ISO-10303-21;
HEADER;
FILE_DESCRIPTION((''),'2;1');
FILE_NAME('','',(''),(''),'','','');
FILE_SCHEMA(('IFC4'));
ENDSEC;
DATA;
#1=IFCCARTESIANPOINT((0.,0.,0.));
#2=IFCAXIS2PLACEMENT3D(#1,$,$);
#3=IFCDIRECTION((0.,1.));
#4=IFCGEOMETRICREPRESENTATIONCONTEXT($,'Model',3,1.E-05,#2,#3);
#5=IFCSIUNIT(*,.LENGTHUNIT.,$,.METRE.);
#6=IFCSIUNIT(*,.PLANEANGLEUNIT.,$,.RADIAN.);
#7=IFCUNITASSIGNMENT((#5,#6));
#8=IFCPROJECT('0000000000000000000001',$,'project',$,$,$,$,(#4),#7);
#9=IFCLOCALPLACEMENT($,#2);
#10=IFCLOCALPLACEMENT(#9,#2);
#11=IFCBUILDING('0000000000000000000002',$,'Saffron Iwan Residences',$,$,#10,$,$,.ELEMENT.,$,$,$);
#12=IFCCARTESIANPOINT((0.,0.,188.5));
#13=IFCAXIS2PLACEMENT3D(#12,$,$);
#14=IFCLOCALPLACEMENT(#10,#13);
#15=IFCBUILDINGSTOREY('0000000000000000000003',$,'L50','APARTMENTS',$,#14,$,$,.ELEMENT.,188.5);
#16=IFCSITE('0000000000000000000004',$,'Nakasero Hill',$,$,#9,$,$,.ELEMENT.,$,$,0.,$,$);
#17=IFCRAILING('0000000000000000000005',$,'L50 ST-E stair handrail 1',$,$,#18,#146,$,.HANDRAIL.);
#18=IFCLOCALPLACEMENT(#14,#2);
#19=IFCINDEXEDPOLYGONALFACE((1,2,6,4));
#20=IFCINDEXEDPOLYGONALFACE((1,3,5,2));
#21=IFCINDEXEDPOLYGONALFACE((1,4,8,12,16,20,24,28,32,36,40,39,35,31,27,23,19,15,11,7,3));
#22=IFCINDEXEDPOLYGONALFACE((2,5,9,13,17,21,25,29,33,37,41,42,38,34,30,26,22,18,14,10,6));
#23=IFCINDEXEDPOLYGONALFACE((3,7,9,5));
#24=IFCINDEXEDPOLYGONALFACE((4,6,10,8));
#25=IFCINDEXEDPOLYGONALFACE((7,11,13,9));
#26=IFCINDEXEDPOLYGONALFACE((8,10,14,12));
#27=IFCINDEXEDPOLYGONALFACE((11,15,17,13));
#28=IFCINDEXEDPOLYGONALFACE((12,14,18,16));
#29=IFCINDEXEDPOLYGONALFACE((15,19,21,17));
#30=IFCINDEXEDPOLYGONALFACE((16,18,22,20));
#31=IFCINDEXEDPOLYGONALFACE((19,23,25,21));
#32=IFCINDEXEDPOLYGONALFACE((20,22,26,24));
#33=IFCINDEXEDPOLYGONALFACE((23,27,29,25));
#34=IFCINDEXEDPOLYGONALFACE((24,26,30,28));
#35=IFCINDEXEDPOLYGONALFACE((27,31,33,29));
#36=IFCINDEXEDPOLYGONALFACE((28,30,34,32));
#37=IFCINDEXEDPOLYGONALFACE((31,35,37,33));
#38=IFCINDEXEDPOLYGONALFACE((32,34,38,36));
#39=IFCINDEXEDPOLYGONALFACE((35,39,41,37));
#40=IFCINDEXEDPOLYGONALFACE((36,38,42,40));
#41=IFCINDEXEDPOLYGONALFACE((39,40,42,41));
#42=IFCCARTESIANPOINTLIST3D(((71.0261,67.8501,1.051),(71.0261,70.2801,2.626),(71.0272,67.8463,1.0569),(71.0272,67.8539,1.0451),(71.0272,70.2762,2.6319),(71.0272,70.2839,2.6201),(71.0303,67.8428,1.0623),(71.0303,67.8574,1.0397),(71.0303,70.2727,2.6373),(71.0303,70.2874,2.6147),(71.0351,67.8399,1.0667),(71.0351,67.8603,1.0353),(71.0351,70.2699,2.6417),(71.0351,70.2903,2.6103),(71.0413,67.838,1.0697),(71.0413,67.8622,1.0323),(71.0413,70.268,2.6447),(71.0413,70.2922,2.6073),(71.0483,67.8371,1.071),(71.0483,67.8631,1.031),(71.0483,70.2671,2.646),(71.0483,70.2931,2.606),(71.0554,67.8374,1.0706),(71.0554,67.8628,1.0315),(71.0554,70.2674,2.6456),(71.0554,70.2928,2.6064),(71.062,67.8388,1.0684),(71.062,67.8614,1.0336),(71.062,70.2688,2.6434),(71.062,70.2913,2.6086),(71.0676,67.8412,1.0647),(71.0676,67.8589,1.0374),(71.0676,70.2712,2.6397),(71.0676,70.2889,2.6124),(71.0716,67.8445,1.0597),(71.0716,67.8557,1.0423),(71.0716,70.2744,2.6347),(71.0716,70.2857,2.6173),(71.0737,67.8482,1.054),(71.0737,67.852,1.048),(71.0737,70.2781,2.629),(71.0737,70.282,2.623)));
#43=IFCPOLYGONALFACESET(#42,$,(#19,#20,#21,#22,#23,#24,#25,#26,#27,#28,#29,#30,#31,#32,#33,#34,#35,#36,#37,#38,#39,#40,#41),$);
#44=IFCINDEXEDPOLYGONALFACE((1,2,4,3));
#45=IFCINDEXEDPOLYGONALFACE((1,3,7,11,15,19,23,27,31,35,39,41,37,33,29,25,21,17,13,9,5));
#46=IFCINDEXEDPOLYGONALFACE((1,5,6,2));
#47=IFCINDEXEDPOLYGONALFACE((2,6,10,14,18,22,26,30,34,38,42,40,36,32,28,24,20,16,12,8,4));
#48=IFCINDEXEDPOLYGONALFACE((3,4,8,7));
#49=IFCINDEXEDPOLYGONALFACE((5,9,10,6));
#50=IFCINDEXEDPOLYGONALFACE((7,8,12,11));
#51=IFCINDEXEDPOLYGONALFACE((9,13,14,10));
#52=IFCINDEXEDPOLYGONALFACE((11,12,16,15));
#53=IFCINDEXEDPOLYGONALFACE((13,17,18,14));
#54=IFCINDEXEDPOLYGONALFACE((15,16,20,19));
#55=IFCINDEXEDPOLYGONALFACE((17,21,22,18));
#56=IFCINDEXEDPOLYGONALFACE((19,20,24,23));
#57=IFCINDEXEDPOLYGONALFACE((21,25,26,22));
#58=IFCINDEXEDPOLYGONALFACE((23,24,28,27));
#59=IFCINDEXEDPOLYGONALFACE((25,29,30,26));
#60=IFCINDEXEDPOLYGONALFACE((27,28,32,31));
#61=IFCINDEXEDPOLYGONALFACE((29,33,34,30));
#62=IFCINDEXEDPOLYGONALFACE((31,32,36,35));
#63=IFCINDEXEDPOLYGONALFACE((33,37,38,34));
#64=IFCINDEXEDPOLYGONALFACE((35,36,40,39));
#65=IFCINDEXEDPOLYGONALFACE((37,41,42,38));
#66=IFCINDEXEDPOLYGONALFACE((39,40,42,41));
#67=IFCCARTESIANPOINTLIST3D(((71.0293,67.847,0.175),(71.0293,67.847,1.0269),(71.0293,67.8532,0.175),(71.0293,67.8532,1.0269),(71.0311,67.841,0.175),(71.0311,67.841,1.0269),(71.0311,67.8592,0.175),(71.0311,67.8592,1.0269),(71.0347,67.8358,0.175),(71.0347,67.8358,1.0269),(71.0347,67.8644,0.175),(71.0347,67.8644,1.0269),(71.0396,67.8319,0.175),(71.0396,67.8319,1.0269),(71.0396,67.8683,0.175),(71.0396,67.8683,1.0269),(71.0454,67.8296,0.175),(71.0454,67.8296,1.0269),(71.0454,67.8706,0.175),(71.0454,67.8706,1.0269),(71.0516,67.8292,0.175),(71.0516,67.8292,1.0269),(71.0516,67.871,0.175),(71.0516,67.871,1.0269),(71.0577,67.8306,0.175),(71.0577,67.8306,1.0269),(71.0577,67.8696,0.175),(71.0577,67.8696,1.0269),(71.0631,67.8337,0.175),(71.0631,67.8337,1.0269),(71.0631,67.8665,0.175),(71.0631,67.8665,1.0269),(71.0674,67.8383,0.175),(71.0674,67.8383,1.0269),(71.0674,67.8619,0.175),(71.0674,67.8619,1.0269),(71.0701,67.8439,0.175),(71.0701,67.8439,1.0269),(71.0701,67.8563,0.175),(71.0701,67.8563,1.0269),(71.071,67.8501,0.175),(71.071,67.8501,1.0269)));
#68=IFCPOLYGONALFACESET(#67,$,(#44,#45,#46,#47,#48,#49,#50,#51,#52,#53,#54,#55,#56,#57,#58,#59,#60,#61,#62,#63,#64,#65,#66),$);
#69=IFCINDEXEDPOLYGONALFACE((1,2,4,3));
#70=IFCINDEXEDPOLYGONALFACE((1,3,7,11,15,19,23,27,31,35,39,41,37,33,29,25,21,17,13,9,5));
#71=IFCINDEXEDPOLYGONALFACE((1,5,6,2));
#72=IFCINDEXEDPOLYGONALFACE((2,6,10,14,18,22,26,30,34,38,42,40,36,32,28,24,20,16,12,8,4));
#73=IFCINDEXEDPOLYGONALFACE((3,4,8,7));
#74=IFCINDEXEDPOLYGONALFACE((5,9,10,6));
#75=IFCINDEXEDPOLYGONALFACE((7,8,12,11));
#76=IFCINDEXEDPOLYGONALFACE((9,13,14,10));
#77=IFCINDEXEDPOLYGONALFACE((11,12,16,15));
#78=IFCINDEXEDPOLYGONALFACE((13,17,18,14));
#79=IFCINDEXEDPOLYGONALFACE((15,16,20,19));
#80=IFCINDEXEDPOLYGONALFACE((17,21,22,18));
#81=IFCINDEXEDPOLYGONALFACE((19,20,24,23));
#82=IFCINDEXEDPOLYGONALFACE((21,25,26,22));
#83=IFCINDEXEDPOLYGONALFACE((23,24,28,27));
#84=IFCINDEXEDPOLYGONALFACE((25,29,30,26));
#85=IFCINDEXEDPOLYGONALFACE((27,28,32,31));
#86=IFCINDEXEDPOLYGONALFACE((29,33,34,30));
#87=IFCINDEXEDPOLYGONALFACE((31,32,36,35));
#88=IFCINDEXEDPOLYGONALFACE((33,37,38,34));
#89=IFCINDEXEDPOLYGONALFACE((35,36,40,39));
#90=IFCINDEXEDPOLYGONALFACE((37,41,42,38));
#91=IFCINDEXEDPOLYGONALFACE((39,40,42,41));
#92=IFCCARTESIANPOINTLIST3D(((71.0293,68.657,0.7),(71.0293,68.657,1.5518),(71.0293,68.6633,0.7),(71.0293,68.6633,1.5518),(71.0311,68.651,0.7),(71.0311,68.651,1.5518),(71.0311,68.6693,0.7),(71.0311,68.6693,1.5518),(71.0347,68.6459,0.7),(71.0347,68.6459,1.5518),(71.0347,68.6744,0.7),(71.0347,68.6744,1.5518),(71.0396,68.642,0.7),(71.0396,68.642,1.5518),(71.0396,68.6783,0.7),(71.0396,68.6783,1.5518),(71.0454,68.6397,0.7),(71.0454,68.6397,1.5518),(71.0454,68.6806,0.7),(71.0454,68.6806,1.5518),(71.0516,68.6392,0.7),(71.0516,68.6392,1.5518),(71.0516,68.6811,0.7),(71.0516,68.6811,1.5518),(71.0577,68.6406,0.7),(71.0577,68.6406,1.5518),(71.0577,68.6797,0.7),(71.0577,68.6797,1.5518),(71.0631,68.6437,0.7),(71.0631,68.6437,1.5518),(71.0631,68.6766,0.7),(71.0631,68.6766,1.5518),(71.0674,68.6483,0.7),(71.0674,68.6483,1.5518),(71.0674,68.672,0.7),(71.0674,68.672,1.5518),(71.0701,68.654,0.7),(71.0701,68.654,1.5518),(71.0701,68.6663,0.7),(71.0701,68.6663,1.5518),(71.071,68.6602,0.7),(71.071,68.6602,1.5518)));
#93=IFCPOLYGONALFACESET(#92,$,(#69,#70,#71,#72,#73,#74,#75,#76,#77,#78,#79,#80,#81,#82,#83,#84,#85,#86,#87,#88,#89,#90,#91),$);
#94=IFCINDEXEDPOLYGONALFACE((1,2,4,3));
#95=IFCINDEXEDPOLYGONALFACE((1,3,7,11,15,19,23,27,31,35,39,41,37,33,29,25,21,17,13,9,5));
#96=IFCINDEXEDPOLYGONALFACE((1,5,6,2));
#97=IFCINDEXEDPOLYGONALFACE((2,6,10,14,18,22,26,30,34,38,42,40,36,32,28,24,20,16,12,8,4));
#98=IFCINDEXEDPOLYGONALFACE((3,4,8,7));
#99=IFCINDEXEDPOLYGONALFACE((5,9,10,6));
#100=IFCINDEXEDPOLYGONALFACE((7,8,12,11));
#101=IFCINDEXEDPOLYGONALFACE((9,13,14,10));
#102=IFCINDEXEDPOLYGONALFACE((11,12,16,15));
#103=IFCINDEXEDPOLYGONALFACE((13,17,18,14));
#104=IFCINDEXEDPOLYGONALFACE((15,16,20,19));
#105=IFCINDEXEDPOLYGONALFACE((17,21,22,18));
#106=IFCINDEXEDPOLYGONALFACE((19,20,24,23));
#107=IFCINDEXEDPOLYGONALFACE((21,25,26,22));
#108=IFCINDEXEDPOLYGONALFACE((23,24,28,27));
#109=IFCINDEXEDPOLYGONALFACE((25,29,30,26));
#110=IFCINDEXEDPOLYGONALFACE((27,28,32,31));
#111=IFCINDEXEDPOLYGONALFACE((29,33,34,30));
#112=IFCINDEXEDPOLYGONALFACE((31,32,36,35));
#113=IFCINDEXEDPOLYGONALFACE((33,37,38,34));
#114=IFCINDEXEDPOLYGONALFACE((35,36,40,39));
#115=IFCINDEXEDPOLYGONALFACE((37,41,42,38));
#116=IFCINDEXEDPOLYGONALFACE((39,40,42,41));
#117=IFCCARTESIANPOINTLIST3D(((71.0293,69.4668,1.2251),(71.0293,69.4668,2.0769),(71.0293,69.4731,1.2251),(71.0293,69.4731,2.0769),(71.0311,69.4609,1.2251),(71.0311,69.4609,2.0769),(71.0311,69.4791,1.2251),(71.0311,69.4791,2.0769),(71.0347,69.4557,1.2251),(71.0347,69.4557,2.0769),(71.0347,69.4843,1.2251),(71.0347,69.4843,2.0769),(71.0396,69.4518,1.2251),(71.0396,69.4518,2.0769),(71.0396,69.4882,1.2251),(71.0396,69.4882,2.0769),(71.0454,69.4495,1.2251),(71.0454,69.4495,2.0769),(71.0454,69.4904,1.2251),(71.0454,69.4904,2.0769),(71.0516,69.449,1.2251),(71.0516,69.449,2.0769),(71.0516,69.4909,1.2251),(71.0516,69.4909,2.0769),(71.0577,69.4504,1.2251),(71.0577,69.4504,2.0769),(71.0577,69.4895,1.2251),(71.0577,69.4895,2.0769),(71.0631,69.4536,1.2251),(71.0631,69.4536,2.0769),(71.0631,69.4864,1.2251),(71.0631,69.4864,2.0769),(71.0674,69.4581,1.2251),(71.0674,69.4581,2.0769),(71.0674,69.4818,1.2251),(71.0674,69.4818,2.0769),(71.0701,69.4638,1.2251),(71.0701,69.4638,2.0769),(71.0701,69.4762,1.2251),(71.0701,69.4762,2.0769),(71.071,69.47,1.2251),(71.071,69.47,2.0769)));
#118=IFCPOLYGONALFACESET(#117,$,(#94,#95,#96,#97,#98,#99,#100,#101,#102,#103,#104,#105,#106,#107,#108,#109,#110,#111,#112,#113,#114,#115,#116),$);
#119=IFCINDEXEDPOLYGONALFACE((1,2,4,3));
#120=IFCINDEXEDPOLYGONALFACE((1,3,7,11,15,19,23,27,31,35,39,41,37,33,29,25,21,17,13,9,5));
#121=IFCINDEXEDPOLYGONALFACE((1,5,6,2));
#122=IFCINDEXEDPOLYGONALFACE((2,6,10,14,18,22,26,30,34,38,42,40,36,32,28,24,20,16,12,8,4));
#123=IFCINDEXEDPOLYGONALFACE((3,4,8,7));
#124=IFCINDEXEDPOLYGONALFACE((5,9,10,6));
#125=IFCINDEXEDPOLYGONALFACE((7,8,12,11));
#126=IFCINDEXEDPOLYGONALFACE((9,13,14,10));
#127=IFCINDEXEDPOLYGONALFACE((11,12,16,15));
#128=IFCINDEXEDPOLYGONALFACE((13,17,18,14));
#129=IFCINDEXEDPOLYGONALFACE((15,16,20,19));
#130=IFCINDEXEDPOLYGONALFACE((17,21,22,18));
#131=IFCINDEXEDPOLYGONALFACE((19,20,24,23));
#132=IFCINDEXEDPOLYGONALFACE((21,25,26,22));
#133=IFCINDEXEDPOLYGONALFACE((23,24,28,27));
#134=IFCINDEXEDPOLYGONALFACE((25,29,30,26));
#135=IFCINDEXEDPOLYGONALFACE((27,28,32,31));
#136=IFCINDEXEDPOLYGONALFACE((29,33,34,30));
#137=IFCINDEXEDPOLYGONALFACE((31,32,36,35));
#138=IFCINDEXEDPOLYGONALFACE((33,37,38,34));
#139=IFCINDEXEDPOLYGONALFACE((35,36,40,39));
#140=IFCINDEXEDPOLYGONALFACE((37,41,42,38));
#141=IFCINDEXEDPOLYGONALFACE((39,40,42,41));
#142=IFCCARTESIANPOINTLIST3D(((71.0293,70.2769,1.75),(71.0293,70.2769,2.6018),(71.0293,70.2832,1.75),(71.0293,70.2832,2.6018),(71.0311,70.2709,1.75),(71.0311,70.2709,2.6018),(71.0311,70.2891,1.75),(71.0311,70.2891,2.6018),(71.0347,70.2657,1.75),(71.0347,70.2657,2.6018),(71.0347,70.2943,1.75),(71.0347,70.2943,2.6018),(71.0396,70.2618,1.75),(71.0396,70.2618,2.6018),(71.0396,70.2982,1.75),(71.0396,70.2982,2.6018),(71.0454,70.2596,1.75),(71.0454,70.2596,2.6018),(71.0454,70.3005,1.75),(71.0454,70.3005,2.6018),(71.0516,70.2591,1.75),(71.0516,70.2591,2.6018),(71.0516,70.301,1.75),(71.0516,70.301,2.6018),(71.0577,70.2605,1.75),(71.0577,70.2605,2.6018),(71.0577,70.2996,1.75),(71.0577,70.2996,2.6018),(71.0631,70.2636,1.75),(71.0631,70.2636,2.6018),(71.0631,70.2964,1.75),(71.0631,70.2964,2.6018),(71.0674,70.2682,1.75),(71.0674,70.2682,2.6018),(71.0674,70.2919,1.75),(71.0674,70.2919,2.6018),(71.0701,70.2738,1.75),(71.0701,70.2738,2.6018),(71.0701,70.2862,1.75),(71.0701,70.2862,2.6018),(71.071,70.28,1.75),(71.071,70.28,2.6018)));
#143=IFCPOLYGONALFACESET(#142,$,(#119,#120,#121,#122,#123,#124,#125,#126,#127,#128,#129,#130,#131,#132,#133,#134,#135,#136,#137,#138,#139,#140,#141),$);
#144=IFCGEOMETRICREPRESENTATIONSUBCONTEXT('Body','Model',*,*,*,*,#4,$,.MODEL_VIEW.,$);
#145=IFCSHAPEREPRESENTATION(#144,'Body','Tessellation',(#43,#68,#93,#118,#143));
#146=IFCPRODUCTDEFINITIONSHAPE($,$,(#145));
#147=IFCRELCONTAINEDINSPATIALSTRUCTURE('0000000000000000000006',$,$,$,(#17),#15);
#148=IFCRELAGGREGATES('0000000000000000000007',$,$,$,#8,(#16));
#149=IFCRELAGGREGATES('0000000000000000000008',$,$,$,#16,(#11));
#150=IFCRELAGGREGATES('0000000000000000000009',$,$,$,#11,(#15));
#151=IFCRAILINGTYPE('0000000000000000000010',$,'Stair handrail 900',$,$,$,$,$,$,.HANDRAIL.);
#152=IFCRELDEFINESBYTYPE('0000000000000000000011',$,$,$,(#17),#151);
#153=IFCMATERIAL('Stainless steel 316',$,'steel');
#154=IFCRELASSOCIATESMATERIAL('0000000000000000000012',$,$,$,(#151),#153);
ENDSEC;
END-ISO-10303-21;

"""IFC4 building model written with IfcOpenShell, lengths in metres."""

from ifc_helpers import new_model, si_unit, direction, frame, origin, origin_2d, place, context, subcontext, project, spatial, circle, extrude, material, type_object, element, save


model = new_model("IFC4")

# Units and contexts
model_context = context("Model", 3, precision=1e-05, world=origin(), true_north=direction((0.0, 1.0)))
body_context = subcontext(model_context, "Body", "Model", "MODEL_VIEW")
ifc_project = project(units=[si_unit("LENGTHUNIT", "METRE"), si_unit("PLANEANGLEUNIT", "RADIAN")], contexts=[model_context])

# Site, building, storey
site_placement = place(None, origin())
site = spatial("IfcSite", under=ifc_project, at=site_placement, Name="Nakasero Hill", CompositionType="ELEMENT", RefElevation=0.0)
building_placement = place(site_placement, origin())
building = spatial("IfcBuilding", under=site, at=building_placement, Name="Saffron Iwan Residences", CompositionType="ELEMENT")
storey_placement = place(building_placement, frame((0.0, 0.0, 188.5)))
storey = spatial("IfcBuildingStorey", under=building, at=storey_placement, Name="L50", Description="APARTMENTS", CompositionType="ELEMENT", Elevation=188.5)

# Railing
ifc_material_1 = material(Name="Stainless steel 316", Category="steel")
railing_type_1 = type_object("IfcRailingType", Name="Stair handrail 900", PredefinedType="HANDRAIL", material=ifc_material_1)
railing_1_placement = place(storey_placement, frame((71.05, 67.8501, 0.175)))
element("IfcRailing", 1, at=railing_1_placement, inside=storey, type_object=railing_type_1, Name="L50 ST-E stair handrail 1", PredefinedType="HANDRAIL", context=body_context, shape_type="SweptSolid", body=[
    extrude(circle(Radius=0.0239, at=origin_2d()), frame((0.0, 0.0, 0.876), z_axis=(0.0, 0.839154, 0.543894), x_axis=(-1.0, 0.0, 0.0)), (0.0, 0.0, 1.0), 2.8958),
    extrude(circle(Radius=0.021, at=origin_2d()), origin(), (0.0, 0.0, 1.0), 0.8518),
    extrude(circle(Radius=0.021, at=origin_2d()), frame((0.0, 0.8101, 0.5249)), (0.0, 0.0, 1.0), 0.8518),
    extrude(circle(Radius=0.021, at=origin_2d()), frame((0.0, 1.6199, 1.05)), (0.0, 0.0, 1.0), 0.8518),
    extrude(circle(Radius=0.021, at=origin_2d()), frame((0.0, 2.4299, 1.575)), (0.0, 0.0, 1.0), 0.8518),
])

save(model, "model.ifc")
